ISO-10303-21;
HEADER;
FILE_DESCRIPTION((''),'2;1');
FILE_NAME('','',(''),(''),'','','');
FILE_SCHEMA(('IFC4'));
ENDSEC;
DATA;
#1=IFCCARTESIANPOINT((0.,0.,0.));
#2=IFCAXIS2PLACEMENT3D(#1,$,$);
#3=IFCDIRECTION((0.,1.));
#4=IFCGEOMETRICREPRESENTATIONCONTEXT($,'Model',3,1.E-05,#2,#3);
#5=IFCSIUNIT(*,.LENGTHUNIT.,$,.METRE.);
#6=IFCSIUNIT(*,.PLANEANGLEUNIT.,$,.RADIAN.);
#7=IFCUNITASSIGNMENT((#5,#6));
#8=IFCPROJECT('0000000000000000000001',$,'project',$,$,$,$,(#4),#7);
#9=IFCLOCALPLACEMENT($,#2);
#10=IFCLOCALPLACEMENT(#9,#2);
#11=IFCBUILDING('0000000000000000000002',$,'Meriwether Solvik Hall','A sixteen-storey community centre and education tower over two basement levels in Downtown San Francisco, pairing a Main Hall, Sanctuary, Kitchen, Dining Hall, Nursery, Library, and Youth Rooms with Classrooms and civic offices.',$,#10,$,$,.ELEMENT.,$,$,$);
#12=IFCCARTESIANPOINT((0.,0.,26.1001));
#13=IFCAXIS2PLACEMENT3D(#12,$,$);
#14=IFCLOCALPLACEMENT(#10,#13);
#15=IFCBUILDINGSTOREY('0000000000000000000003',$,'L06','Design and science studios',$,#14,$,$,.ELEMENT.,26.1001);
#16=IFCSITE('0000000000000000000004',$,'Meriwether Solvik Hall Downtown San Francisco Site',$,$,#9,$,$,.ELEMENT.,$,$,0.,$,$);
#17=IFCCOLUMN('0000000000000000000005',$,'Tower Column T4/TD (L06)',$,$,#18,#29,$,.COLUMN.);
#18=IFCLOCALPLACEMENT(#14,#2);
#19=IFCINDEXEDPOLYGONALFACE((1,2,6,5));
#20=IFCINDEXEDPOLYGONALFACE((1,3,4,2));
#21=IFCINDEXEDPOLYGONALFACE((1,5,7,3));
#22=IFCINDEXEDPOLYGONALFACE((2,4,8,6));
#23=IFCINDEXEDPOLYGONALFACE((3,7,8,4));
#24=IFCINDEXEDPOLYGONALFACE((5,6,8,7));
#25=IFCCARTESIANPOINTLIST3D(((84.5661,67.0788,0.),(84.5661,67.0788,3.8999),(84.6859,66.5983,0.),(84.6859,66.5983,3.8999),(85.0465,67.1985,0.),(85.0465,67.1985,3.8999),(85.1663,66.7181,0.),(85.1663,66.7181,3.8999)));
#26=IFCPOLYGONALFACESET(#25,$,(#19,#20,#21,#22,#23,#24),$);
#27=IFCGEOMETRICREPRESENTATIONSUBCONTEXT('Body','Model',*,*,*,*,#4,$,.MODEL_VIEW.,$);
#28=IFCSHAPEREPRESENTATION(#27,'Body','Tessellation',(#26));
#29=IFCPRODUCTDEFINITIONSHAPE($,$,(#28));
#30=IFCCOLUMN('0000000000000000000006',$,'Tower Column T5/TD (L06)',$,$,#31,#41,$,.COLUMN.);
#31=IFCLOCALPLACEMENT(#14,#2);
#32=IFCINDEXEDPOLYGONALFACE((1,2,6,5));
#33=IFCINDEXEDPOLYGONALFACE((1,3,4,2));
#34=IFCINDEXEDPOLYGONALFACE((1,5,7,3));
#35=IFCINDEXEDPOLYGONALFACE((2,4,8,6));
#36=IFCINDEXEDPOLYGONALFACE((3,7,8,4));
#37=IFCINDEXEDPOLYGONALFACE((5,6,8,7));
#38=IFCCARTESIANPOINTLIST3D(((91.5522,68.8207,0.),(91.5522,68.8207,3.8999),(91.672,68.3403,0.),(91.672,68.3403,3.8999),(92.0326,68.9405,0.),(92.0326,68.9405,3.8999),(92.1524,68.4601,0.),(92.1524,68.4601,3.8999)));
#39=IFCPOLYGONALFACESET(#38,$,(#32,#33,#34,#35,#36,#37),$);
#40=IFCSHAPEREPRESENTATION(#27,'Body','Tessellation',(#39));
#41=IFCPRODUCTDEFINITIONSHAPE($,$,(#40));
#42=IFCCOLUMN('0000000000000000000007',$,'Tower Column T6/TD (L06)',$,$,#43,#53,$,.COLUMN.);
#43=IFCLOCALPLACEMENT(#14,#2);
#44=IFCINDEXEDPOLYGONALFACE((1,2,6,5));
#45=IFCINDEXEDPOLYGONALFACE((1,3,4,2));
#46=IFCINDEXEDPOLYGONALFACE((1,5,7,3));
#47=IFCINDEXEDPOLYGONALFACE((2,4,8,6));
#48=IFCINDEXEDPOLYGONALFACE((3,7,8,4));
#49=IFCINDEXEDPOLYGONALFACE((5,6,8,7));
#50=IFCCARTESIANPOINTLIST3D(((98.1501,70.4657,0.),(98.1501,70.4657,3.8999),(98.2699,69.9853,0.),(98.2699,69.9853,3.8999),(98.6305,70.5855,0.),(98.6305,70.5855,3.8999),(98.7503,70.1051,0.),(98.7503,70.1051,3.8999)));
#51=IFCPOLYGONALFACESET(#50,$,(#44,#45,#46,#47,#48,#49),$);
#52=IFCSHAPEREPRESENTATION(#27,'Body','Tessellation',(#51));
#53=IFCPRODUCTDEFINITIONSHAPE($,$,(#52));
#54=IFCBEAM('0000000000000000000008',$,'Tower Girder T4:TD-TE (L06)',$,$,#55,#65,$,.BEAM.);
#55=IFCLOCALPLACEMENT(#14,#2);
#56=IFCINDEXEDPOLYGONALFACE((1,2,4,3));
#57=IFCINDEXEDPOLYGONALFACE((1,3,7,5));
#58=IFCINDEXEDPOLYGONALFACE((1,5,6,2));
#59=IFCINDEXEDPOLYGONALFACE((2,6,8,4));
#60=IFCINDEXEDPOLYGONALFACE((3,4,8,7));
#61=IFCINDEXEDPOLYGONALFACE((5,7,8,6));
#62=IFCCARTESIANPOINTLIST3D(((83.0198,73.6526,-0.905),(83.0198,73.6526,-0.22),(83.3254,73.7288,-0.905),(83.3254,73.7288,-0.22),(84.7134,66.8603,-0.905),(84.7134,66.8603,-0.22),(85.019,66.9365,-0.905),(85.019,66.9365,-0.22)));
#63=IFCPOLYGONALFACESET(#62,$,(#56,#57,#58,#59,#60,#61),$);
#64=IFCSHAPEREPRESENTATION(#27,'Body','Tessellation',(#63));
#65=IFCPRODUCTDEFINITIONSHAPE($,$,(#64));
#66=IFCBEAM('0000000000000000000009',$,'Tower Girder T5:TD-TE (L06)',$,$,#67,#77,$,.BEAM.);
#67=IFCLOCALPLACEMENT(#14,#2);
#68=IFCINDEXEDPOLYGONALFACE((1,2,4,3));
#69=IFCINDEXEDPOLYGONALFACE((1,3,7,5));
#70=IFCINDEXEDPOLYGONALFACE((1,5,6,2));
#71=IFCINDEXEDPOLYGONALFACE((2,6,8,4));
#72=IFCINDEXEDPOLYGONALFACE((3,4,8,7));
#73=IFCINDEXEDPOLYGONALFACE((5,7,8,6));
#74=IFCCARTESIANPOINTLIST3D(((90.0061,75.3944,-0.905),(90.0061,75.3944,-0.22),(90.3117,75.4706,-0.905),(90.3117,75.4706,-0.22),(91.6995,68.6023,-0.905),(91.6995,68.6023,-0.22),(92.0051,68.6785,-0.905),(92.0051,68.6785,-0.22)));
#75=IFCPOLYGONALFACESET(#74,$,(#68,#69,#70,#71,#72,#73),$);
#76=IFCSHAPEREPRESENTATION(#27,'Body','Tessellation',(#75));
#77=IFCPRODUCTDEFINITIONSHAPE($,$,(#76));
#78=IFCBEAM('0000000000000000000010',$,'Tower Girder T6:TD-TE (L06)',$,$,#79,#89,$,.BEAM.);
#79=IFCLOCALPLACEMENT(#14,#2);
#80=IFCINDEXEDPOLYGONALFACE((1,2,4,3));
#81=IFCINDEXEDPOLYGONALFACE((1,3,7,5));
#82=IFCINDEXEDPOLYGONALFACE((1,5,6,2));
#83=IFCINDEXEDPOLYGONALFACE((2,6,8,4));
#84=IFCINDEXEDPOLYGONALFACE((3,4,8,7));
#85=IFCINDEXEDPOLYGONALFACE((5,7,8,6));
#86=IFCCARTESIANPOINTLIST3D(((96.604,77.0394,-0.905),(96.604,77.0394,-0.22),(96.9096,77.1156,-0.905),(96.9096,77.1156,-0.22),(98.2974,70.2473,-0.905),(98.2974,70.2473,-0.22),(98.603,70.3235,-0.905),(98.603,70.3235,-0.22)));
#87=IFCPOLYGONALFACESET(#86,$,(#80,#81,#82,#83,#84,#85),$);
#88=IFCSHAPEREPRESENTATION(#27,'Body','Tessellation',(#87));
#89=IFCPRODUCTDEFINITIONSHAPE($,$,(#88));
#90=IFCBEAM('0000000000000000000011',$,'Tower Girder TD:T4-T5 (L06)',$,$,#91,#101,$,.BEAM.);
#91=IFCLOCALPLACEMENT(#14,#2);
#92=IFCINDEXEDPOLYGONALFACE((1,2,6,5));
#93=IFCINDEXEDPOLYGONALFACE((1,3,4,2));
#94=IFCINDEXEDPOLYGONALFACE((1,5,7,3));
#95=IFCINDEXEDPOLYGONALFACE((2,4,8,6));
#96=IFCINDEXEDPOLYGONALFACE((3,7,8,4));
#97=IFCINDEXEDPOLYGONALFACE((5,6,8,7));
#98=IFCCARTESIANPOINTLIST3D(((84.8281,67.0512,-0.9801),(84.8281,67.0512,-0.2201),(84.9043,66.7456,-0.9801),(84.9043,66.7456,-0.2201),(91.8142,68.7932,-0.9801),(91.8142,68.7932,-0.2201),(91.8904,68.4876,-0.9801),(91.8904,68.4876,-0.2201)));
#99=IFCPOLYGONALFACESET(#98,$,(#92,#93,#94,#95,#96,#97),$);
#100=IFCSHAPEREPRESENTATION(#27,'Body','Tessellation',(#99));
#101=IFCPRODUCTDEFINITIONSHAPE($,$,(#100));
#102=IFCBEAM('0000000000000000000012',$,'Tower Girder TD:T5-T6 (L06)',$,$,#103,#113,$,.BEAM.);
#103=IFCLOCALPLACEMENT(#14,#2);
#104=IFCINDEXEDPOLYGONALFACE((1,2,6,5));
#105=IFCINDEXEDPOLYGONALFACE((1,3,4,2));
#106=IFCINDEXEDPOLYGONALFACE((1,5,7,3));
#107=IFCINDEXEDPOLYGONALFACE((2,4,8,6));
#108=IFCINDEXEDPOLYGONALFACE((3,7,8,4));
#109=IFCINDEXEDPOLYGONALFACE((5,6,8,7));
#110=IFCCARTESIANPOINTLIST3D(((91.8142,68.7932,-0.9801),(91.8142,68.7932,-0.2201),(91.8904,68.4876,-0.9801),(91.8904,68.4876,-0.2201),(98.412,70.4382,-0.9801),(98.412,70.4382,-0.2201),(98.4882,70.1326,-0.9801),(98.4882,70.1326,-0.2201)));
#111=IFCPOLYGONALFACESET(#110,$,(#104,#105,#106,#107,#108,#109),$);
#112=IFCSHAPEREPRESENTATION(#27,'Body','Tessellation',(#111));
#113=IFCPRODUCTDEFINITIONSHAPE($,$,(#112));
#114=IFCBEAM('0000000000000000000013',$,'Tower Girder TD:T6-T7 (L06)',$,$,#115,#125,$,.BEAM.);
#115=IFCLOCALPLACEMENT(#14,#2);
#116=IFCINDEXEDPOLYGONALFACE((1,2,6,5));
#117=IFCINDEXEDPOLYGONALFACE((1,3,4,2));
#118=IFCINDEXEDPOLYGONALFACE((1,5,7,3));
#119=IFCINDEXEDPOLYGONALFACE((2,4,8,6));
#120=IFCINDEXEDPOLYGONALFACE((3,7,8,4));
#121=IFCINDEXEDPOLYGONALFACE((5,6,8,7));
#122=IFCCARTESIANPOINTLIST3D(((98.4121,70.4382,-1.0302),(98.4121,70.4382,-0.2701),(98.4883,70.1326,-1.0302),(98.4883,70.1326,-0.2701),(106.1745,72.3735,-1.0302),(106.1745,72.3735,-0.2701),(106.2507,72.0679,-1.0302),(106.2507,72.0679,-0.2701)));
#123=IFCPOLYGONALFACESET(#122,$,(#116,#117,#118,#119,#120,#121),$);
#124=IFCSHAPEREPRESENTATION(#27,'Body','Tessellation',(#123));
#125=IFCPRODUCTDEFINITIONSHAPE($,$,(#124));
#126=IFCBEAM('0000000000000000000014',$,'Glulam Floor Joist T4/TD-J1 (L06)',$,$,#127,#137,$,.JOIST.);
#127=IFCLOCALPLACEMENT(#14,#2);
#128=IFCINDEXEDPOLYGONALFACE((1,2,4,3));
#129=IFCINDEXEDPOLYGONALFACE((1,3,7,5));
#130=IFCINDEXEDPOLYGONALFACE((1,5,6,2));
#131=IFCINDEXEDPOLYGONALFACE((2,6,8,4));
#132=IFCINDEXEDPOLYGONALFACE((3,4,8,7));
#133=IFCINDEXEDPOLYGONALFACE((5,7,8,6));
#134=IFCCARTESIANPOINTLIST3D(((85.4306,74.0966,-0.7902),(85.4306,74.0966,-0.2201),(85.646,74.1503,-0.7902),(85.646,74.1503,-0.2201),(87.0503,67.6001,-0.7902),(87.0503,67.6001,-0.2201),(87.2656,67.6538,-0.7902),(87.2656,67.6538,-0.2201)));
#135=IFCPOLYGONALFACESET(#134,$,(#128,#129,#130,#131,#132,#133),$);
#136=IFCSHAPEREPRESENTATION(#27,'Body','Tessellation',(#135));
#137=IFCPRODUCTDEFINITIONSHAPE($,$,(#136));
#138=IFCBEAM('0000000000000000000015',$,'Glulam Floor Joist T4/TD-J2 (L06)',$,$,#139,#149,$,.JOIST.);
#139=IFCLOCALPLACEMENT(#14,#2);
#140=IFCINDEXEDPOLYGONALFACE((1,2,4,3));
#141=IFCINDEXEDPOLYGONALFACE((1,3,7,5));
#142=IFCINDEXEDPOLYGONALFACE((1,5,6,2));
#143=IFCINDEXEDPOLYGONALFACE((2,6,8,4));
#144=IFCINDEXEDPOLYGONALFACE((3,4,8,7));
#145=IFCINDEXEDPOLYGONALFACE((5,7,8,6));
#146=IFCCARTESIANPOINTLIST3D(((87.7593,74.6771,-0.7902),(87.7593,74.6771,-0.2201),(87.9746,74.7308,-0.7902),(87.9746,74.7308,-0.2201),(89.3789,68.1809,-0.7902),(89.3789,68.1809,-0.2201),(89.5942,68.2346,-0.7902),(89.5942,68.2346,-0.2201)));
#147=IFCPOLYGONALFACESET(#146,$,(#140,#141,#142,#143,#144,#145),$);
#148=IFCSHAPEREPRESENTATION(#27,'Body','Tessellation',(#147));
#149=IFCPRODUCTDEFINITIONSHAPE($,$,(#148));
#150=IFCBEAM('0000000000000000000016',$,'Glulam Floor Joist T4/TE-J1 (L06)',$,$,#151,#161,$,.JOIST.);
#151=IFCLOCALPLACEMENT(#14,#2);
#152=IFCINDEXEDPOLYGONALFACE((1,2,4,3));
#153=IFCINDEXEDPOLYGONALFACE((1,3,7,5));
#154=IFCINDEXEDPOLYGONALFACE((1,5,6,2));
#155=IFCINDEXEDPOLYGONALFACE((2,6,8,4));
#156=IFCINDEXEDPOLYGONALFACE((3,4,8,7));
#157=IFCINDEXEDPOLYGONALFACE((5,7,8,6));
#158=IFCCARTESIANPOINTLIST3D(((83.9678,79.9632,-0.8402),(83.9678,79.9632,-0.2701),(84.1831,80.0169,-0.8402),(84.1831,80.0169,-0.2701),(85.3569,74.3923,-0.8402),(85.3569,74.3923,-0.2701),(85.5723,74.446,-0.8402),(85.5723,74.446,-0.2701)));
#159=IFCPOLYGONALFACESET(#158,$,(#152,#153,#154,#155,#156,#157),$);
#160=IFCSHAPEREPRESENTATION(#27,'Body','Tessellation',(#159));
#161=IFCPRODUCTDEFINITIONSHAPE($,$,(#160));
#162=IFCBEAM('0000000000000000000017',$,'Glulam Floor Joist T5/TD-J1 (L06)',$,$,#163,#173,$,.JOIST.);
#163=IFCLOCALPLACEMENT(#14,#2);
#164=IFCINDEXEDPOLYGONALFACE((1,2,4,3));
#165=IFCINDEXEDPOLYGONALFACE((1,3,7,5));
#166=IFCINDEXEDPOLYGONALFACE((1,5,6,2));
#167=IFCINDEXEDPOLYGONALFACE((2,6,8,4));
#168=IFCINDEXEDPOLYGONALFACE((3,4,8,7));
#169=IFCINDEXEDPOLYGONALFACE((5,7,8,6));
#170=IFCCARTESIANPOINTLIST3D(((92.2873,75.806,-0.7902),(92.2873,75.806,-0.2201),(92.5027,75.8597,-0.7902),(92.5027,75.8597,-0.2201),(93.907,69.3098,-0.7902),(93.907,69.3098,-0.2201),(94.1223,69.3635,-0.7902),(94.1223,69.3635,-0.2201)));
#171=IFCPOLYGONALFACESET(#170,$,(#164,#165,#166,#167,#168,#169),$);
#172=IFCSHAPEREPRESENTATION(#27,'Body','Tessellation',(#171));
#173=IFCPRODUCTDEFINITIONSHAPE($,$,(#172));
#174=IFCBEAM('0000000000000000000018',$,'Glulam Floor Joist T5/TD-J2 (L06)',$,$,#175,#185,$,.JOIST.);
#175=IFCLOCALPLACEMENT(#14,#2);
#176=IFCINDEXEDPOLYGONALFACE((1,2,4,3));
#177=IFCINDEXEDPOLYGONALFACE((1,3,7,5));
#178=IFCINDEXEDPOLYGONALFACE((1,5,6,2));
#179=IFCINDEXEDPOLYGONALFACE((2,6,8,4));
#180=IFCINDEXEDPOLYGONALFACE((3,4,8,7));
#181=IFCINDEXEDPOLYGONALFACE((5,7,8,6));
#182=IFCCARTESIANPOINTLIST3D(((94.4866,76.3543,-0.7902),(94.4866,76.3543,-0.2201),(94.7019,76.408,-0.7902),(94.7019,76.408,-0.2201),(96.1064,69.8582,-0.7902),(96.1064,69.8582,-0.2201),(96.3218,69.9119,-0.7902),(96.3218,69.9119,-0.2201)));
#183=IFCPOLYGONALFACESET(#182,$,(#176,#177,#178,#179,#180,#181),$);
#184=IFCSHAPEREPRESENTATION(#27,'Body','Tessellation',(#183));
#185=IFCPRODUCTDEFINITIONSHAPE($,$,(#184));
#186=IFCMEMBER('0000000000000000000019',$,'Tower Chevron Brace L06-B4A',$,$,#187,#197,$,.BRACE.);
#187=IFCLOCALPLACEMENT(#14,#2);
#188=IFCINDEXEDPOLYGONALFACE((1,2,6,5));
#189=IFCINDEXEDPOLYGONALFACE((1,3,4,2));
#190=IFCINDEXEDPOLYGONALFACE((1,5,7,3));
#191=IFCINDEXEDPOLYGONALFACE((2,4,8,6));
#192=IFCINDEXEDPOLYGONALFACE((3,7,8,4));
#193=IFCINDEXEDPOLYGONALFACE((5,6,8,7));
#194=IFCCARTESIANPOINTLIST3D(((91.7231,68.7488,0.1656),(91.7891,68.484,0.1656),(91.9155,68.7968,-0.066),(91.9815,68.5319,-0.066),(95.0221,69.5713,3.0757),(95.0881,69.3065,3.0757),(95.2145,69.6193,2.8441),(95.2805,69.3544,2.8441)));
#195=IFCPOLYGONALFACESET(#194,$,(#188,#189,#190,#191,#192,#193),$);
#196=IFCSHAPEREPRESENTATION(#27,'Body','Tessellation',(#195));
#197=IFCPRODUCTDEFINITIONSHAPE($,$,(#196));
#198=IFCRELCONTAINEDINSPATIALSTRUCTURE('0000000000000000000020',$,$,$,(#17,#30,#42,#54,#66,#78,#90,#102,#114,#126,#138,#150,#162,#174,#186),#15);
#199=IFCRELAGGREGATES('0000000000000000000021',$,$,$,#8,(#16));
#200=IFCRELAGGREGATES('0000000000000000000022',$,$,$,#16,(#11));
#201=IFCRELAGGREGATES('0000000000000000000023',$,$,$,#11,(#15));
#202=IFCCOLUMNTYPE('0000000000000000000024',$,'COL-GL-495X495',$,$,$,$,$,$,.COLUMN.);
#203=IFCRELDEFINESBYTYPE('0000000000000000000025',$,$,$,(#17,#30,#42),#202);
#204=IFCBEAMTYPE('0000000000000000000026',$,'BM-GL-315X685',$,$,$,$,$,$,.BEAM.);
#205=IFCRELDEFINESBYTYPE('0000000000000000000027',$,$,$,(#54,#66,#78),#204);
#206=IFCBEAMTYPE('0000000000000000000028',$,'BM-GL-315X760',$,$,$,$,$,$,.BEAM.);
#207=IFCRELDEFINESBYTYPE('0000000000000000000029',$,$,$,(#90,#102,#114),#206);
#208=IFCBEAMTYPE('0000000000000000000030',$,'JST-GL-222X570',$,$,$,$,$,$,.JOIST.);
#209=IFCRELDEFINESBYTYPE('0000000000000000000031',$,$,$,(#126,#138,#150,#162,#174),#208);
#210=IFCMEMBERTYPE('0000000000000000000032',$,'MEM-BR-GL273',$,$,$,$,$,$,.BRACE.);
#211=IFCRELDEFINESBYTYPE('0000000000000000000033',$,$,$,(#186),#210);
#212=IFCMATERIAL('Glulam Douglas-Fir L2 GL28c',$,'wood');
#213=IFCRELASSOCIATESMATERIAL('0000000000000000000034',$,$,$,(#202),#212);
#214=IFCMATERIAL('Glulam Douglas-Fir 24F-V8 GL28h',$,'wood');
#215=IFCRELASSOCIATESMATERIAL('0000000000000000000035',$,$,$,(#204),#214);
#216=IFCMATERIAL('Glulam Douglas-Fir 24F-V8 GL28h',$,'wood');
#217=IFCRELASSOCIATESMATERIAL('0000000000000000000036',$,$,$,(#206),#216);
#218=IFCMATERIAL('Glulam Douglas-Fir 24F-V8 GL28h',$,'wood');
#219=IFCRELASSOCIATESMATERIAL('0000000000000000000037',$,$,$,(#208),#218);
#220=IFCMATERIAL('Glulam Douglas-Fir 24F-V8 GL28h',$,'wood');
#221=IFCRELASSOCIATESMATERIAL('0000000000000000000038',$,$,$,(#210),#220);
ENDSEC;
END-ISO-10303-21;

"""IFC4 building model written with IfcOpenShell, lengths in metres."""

from ifc_helpers import new_model, si_unit, direction, frame, origin, origin_2d, place, context, subcontext, project, spatial, rectangle, extrude, material, material_profile, profile_set, type_object, element, save


model = new_model("IFC4")

# Units and contexts
model_context = context("Model", 3, precision=1e-05, world=origin(), true_north=direction((0.0, 1.0)))
body_context = subcontext(model_context, "Body", "Model", "MODEL_VIEW")
ifc_project = project(units=[si_unit("LENGTHUNIT", "METRE"), si_unit("PLANEANGLEUNIT", "RADIAN")], contexts=[model_context])

# Site, building, storey
site_placement = place(None, origin())
site = spatial("IfcSite", under=ifc_project, at=site_placement, Name="Meriwether Solvik Hall Downtown San Francisco Site", CompositionType="ELEMENT", RefElevation=0.0)
building_placement = place(site_placement, origin())
building = spatial("IfcBuilding", under=site, at=building_placement, Name="Meriwether Solvik Hall", Description="A sixteen-storey community centre and education tower over two basement levels in Downtown San Francisco, pairing a Main Hall, Sanctuary, Kitchen, Dining Hall, Nursery, Library, and Youth Rooms with Classrooms and civic offices.", CompositionType="ELEMENT")
storey_placement = place(building_placement, frame((0.0, 0.0, 26.1001)))
storey = spatial("IfcBuildingStorey", under=building, at=storey_placement, Name="L06", Description="Design and science studios", CompositionType="ELEMENT", Elevation=26.1001)

# Columns
ifc_material_1 = material(Name="Glulam Douglas-Fir L2 GL28c", Category="wood")
ifc_material_profile_1 = material_profile(ifc_material_1, rectangle(XDim=0.4951, YDim=0.4951, at=origin_2d()), Name="GLC-495X495")
ifc_profile_set_1 = profile_set([ifc_material_profile_1], Name="Glulam Douglas-Fir L2 GL28c")
column_type = type_object("IfcColumnType", Name="COL-GL-495X495", PredefinedType="COLUMN", material=ifc_profile_set_1)
for number, where, z_axis, x_axis, name in (
    (1, (84.8662, 66.8984, 0.0), (0.0, 0.0, 1.0), (0.970296, 0.241922, 0.0), "Tower Column T4/TD (L06)"),
    (2, (91.8523, 68.6404, 0.0), (0.0, 0.0, 1.0), (0.970296, 0.241922, 0.0), "Tower Column T5/TD (L06)"),
    (3, (98.4502, 70.2854, 0.0), (0.0, 0.0, 1.0), (0.970296, 0.241922, 0.0), "Tower Column T6/TD (L06)"),
):
    element("IfcColumn", number, at=place(storey_placement, frame(where, z_axis=z_axis, x_axis=x_axis)), inside=storey, type_object=column_type, Name=name, PredefinedType="COLUMN", context=body_context, shape_type="SweptSolid", body=[
        extrude(rectangle(XDim=0.4951, YDim=0.4951, at=origin_2d()), origin(), (0.0, 0.0, 1.0), 3.8999),
    ])

# Beams
ifc_material_2 = material(Name="Glulam Douglas-Fir 24F-V8 GL28h", Category="wood")
ifc_material_profile_2 = material_profile(ifc_material_2, rectangle(XDim=0.3149, YDim=0.6851, at=origin_2d()), Name="GLB-315X685")
ifc_profile_set_2 = profile_set([ifc_material_profile_2], Name="Glulam Douglas-Fir 24F-V8 GL28h")
beam_type_1 = type_object("IfcBeamType", Name="BM-GL-315X685", PredefinedType="BEAM", material=ifc_profile_set_2)
beam_1_placement = place(storey_placement, frame((84.8662, 66.8984, -0.5625), z_axis=(-0.241937, 0.970292, 0.0), x_axis=(-0.970292, -0.241937, 0.0)))
element("IfcBeam", 4, at=beam_1_placement, inside=storey, type_object=beam_type_1, Name="Tower Girder T4:TD-TE (L06)", PredefinedType="BEAM", context=body_context, shape_type="SweptSolid", body=[
    extrude(rectangle(XDim=0.3149, YDim=0.6851, at=origin_2d()), origin(), (0.0, 0.0, 1.0), 7.0002),
])
for number, where, z_axis, x_axis, name in (
    (5, (91.8523, 68.6404, -0.5625), (-0.241912, 0.970298, 0.0), (-0.970298, -0.241912, 0.0), "Tower Girder T5:TD-TE (L06)"),
    (6, (98.4502, 70.2854, -0.5625), (-0.241912, 0.970298, 0.0), (-0.970298, -0.241912, 0.0), "Tower Girder T6:TD-TE (L06)"),
):
    element("IfcBeam", number, at=place(storey_placement, frame(where, z_axis=z_axis, x_axis=x_axis)), inside=storey, type_object=beam_type_1, Name=name, PredefinedType="BEAM", context=body_context, shape_type="SweptSolid", body=[
        extrude(rectangle(XDim=0.3149, YDim=0.6851, at=origin_2d()), origin(), (0.0, 0.0, 1.0), 7.0),
    ])
ifc_material_3 = material(Name="Glulam Douglas-Fir 24F-V8 GL28h", Category="wood")
ifc_material_profile_3 = material_profile(ifc_material_3, rectangle(XDim=0.3149, YDim=0.76, at=origin_2d()), Name="GLB-315X760")
ifc_profile_set_3 = profile_set([ifc_material_profile_3], Name="Glulam Douglas-Fir 24F-V8 GL28h")
beam_type_2 = type_object("IfcBeamType", Name="BM-GL-315X760", PredefinedType="BEAM", material=ifc_profile_set_3)
beam_2_placement = place(storey_placement, frame((84.8662, 66.8984, -0.6001), z_axis=(0.970292, 0.241937, 0.0), x_axis=(-0.241937, 0.970292, 0.0)))
element("IfcBeam", 7, at=beam_2_placement, inside=storey, type_object=beam_type_2, Name="Tower Girder TD:T4-T5 (L06)", PredefinedType="BEAM", context=body_context, shape_type="SweptSolid", body=[
    extrude(rectangle(XDim=0.3149, YDim=0.76, at=origin_2d()), origin(), (0.0, 0.0, 1.0), 7.2),
])
beam_3_placement = place(storey_placement, frame((91.8523, 68.6404, -0.6001), z_axis=(0.970296, 0.241919, 0.0), x_axis=(-0.241919, 0.970296, 0.0)))
element("IfcBeam", 8, at=beam_3_placement, inside=storey, type_object=beam_type_2, Name="Tower Girder TD:T5-T6 (L06)", PredefinedType="BEAM", context=body_context, shape_type="SweptSolid", body=[
    extrude(rectangle(XDim=0.3149, YDim=0.76, at=origin_2d()), origin(), (0.0, 0.0, 1.0), 6.7998),
])
beam_4_placement = place(storey_placement, frame((98.4502, 70.2854, -0.6501), z_axis=(0.970298, 0.241911, 0.0), x_axis=(-0.241911, 0.970298, 0.0)))
element("IfcBeam", 9, at=beam_4_placement, inside=storey, type_object=beam_type_2, Name="Tower Girder TD:T6-T7 (L06)", PredefinedType="BEAM", context=body_context, shape_type="SweptSolid", body=[
    extrude(rectangle(XDim=0.3149, YDim=0.76, at=origin_2d()), origin(), (0.0, 0.0, 1.0), 8.0),
])
ifc_material_4 = material(Name="Glulam Douglas-Fir 24F-V8 GL28h", Category="wood")
ifc_material_profile_4 = material_profile(ifc_material_4, rectangle(XDim=0.2219, YDim=0.5701, at=origin_2d()), Name="GLJ-222X570")
ifc_profile_set_4 = profile_set([ifc_material_profile_4], Name="Glulam Douglas-Fir 24F-V8 GL28h")
beam_type_3 = type_object("IfcBeamType", Name="JST-GL-222X570", PredefinedType="JOIST", material=ifc_profile_set_4)
beam_5_placement = place(storey_placement, frame((87.158, 67.627, -0.5051), z_axis=(-0.241909, 0.970299, 0.0), x_axis=(-0.970299, -0.241909, 0.0)))
element("IfcBeam", 10, at=beam_5_placement, inside=storey, type_object=beam_type_3, Name="Glulam Floor Joist T4/TD-J1 (L06)", PredefinedType="JOIST", context=body_context, shape_type="SweptSolid", body=[
    extrude(rectangle(XDim=0.2219, YDim=0.5701, at=origin_2d()), origin(), (0.0, 0.0, 1.0), 6.6953),
])
beam_6_placement = place(storey_placement, frame((89.4866, 68.2078, -0.5051), z_axis=(-0.241918, 0.970297, 0.0), x_axis=(-0.970297, -0.241918, 0.0)))
element("IfcBeam", 11, at=beam_6_placement, inside=storey, type_object=beam_type_3, Name="Glulam Floor Joist T4/TD-J2 (L06)", PredefinedType="JOIST", context=body_context, shape_type="SweptSolid", body=[
    extrude(rectangle(XDim=0.2219, YDim=0.5701, at=origin_2d()), origin(), (0.0, 0.0, 1.0), 6.6951),
])
beam_7_placement = place(storey_placement, frame((85.4646, 74.4192, -0.5552), z_axis=(-0.241955, 0.970287, 0.0), x_axis=(-0.970287, -0.241955, 0.0)))
element("IfcBeam", 12, at=beam_7_placement, inside=storey, type_object=beam_type_3, Name="Glulam Floor Joist T4/TE-J1 (L06)", PredefinedType="JOIST", context=body_context, shape_type="SweptSolid", body=[
    extrude(rectangle(XDim=0.2219, YDim=0.5701, at=origin_2d()), origin(), (0.0, 0.0, 1.0), 5.7415),
])
for number, where, z_axis, x_axis, name in (
    (13, (94.0146, 69.3367, -0.5051), (-0.241918, 0.970297, 0.0), (-0.970297, -0.241918, 0.0), "Glulam Floor Joist T5/TD-J1 (L06)"),
    (14, (96.2141, 69.885, -0.5051), (-0.241952, 0.970288, 0.0), (-0.970288, -0.241952, 0.0), "Glulam Floor Joist T5/TD-J2 (L06)"),
):
    element("IfcBeam", number, at=place(storey_placement, frame(where, z_axis=z_axis, x_axis=x_axis)), inside=storey, type_object=beam_type_3, Name=name, PredefinedType="JOIST", context=body_context, shape_type="SweptSolid", body=[
        extrude(rectangle(XDim=0.2219, YDim=0.5701, at=origin_2d()), origin(), (0.0, 0.0, 1.0), 6.6951),
    ])

# Member
ifc_material_5 = material(Name="Glulam Douglas-Fir 24F-V8 GL28h", Category="wood")
ifc_material_profile_5 = material_profile(ifc_material_5, rectangle(XDim=0.2729, YDim=0.3049, at=origin_2d()), Name="GLM-273X305")
ifc_profile_set_5 = profile_set([ifc_material_profile_5], Name="Glulam Douglas-Fir 24F-V8 GL28h")
member_type = type_object("IfcMemberType", Name="MEM-BR-GL273", PredefinedType="BRACE", material=ifc_profile_set_5)
member_placement = place(storey_placement, frame((91.8523, 68.6404, 0.0498), z_axis=(0.737153, 0.183784, 0.650253), x_axis=(-0.24191, 0.970299, 0.0)))
element("IfcMember", 15, at=member_placement, inside=storey, type_object=member_type, Name="Tower Chevron Brace L06-B4A", PredefinedType="BRACE", context=body_context, shape_type="SweptSolid", body=[
    extrude(rectangle(XDim=0.2729, YDim=0.3049, at=origin_2d()), origin(), (0.0, 0.0, 1.0), 4.4753),
])

save(model, "model.ifc")
